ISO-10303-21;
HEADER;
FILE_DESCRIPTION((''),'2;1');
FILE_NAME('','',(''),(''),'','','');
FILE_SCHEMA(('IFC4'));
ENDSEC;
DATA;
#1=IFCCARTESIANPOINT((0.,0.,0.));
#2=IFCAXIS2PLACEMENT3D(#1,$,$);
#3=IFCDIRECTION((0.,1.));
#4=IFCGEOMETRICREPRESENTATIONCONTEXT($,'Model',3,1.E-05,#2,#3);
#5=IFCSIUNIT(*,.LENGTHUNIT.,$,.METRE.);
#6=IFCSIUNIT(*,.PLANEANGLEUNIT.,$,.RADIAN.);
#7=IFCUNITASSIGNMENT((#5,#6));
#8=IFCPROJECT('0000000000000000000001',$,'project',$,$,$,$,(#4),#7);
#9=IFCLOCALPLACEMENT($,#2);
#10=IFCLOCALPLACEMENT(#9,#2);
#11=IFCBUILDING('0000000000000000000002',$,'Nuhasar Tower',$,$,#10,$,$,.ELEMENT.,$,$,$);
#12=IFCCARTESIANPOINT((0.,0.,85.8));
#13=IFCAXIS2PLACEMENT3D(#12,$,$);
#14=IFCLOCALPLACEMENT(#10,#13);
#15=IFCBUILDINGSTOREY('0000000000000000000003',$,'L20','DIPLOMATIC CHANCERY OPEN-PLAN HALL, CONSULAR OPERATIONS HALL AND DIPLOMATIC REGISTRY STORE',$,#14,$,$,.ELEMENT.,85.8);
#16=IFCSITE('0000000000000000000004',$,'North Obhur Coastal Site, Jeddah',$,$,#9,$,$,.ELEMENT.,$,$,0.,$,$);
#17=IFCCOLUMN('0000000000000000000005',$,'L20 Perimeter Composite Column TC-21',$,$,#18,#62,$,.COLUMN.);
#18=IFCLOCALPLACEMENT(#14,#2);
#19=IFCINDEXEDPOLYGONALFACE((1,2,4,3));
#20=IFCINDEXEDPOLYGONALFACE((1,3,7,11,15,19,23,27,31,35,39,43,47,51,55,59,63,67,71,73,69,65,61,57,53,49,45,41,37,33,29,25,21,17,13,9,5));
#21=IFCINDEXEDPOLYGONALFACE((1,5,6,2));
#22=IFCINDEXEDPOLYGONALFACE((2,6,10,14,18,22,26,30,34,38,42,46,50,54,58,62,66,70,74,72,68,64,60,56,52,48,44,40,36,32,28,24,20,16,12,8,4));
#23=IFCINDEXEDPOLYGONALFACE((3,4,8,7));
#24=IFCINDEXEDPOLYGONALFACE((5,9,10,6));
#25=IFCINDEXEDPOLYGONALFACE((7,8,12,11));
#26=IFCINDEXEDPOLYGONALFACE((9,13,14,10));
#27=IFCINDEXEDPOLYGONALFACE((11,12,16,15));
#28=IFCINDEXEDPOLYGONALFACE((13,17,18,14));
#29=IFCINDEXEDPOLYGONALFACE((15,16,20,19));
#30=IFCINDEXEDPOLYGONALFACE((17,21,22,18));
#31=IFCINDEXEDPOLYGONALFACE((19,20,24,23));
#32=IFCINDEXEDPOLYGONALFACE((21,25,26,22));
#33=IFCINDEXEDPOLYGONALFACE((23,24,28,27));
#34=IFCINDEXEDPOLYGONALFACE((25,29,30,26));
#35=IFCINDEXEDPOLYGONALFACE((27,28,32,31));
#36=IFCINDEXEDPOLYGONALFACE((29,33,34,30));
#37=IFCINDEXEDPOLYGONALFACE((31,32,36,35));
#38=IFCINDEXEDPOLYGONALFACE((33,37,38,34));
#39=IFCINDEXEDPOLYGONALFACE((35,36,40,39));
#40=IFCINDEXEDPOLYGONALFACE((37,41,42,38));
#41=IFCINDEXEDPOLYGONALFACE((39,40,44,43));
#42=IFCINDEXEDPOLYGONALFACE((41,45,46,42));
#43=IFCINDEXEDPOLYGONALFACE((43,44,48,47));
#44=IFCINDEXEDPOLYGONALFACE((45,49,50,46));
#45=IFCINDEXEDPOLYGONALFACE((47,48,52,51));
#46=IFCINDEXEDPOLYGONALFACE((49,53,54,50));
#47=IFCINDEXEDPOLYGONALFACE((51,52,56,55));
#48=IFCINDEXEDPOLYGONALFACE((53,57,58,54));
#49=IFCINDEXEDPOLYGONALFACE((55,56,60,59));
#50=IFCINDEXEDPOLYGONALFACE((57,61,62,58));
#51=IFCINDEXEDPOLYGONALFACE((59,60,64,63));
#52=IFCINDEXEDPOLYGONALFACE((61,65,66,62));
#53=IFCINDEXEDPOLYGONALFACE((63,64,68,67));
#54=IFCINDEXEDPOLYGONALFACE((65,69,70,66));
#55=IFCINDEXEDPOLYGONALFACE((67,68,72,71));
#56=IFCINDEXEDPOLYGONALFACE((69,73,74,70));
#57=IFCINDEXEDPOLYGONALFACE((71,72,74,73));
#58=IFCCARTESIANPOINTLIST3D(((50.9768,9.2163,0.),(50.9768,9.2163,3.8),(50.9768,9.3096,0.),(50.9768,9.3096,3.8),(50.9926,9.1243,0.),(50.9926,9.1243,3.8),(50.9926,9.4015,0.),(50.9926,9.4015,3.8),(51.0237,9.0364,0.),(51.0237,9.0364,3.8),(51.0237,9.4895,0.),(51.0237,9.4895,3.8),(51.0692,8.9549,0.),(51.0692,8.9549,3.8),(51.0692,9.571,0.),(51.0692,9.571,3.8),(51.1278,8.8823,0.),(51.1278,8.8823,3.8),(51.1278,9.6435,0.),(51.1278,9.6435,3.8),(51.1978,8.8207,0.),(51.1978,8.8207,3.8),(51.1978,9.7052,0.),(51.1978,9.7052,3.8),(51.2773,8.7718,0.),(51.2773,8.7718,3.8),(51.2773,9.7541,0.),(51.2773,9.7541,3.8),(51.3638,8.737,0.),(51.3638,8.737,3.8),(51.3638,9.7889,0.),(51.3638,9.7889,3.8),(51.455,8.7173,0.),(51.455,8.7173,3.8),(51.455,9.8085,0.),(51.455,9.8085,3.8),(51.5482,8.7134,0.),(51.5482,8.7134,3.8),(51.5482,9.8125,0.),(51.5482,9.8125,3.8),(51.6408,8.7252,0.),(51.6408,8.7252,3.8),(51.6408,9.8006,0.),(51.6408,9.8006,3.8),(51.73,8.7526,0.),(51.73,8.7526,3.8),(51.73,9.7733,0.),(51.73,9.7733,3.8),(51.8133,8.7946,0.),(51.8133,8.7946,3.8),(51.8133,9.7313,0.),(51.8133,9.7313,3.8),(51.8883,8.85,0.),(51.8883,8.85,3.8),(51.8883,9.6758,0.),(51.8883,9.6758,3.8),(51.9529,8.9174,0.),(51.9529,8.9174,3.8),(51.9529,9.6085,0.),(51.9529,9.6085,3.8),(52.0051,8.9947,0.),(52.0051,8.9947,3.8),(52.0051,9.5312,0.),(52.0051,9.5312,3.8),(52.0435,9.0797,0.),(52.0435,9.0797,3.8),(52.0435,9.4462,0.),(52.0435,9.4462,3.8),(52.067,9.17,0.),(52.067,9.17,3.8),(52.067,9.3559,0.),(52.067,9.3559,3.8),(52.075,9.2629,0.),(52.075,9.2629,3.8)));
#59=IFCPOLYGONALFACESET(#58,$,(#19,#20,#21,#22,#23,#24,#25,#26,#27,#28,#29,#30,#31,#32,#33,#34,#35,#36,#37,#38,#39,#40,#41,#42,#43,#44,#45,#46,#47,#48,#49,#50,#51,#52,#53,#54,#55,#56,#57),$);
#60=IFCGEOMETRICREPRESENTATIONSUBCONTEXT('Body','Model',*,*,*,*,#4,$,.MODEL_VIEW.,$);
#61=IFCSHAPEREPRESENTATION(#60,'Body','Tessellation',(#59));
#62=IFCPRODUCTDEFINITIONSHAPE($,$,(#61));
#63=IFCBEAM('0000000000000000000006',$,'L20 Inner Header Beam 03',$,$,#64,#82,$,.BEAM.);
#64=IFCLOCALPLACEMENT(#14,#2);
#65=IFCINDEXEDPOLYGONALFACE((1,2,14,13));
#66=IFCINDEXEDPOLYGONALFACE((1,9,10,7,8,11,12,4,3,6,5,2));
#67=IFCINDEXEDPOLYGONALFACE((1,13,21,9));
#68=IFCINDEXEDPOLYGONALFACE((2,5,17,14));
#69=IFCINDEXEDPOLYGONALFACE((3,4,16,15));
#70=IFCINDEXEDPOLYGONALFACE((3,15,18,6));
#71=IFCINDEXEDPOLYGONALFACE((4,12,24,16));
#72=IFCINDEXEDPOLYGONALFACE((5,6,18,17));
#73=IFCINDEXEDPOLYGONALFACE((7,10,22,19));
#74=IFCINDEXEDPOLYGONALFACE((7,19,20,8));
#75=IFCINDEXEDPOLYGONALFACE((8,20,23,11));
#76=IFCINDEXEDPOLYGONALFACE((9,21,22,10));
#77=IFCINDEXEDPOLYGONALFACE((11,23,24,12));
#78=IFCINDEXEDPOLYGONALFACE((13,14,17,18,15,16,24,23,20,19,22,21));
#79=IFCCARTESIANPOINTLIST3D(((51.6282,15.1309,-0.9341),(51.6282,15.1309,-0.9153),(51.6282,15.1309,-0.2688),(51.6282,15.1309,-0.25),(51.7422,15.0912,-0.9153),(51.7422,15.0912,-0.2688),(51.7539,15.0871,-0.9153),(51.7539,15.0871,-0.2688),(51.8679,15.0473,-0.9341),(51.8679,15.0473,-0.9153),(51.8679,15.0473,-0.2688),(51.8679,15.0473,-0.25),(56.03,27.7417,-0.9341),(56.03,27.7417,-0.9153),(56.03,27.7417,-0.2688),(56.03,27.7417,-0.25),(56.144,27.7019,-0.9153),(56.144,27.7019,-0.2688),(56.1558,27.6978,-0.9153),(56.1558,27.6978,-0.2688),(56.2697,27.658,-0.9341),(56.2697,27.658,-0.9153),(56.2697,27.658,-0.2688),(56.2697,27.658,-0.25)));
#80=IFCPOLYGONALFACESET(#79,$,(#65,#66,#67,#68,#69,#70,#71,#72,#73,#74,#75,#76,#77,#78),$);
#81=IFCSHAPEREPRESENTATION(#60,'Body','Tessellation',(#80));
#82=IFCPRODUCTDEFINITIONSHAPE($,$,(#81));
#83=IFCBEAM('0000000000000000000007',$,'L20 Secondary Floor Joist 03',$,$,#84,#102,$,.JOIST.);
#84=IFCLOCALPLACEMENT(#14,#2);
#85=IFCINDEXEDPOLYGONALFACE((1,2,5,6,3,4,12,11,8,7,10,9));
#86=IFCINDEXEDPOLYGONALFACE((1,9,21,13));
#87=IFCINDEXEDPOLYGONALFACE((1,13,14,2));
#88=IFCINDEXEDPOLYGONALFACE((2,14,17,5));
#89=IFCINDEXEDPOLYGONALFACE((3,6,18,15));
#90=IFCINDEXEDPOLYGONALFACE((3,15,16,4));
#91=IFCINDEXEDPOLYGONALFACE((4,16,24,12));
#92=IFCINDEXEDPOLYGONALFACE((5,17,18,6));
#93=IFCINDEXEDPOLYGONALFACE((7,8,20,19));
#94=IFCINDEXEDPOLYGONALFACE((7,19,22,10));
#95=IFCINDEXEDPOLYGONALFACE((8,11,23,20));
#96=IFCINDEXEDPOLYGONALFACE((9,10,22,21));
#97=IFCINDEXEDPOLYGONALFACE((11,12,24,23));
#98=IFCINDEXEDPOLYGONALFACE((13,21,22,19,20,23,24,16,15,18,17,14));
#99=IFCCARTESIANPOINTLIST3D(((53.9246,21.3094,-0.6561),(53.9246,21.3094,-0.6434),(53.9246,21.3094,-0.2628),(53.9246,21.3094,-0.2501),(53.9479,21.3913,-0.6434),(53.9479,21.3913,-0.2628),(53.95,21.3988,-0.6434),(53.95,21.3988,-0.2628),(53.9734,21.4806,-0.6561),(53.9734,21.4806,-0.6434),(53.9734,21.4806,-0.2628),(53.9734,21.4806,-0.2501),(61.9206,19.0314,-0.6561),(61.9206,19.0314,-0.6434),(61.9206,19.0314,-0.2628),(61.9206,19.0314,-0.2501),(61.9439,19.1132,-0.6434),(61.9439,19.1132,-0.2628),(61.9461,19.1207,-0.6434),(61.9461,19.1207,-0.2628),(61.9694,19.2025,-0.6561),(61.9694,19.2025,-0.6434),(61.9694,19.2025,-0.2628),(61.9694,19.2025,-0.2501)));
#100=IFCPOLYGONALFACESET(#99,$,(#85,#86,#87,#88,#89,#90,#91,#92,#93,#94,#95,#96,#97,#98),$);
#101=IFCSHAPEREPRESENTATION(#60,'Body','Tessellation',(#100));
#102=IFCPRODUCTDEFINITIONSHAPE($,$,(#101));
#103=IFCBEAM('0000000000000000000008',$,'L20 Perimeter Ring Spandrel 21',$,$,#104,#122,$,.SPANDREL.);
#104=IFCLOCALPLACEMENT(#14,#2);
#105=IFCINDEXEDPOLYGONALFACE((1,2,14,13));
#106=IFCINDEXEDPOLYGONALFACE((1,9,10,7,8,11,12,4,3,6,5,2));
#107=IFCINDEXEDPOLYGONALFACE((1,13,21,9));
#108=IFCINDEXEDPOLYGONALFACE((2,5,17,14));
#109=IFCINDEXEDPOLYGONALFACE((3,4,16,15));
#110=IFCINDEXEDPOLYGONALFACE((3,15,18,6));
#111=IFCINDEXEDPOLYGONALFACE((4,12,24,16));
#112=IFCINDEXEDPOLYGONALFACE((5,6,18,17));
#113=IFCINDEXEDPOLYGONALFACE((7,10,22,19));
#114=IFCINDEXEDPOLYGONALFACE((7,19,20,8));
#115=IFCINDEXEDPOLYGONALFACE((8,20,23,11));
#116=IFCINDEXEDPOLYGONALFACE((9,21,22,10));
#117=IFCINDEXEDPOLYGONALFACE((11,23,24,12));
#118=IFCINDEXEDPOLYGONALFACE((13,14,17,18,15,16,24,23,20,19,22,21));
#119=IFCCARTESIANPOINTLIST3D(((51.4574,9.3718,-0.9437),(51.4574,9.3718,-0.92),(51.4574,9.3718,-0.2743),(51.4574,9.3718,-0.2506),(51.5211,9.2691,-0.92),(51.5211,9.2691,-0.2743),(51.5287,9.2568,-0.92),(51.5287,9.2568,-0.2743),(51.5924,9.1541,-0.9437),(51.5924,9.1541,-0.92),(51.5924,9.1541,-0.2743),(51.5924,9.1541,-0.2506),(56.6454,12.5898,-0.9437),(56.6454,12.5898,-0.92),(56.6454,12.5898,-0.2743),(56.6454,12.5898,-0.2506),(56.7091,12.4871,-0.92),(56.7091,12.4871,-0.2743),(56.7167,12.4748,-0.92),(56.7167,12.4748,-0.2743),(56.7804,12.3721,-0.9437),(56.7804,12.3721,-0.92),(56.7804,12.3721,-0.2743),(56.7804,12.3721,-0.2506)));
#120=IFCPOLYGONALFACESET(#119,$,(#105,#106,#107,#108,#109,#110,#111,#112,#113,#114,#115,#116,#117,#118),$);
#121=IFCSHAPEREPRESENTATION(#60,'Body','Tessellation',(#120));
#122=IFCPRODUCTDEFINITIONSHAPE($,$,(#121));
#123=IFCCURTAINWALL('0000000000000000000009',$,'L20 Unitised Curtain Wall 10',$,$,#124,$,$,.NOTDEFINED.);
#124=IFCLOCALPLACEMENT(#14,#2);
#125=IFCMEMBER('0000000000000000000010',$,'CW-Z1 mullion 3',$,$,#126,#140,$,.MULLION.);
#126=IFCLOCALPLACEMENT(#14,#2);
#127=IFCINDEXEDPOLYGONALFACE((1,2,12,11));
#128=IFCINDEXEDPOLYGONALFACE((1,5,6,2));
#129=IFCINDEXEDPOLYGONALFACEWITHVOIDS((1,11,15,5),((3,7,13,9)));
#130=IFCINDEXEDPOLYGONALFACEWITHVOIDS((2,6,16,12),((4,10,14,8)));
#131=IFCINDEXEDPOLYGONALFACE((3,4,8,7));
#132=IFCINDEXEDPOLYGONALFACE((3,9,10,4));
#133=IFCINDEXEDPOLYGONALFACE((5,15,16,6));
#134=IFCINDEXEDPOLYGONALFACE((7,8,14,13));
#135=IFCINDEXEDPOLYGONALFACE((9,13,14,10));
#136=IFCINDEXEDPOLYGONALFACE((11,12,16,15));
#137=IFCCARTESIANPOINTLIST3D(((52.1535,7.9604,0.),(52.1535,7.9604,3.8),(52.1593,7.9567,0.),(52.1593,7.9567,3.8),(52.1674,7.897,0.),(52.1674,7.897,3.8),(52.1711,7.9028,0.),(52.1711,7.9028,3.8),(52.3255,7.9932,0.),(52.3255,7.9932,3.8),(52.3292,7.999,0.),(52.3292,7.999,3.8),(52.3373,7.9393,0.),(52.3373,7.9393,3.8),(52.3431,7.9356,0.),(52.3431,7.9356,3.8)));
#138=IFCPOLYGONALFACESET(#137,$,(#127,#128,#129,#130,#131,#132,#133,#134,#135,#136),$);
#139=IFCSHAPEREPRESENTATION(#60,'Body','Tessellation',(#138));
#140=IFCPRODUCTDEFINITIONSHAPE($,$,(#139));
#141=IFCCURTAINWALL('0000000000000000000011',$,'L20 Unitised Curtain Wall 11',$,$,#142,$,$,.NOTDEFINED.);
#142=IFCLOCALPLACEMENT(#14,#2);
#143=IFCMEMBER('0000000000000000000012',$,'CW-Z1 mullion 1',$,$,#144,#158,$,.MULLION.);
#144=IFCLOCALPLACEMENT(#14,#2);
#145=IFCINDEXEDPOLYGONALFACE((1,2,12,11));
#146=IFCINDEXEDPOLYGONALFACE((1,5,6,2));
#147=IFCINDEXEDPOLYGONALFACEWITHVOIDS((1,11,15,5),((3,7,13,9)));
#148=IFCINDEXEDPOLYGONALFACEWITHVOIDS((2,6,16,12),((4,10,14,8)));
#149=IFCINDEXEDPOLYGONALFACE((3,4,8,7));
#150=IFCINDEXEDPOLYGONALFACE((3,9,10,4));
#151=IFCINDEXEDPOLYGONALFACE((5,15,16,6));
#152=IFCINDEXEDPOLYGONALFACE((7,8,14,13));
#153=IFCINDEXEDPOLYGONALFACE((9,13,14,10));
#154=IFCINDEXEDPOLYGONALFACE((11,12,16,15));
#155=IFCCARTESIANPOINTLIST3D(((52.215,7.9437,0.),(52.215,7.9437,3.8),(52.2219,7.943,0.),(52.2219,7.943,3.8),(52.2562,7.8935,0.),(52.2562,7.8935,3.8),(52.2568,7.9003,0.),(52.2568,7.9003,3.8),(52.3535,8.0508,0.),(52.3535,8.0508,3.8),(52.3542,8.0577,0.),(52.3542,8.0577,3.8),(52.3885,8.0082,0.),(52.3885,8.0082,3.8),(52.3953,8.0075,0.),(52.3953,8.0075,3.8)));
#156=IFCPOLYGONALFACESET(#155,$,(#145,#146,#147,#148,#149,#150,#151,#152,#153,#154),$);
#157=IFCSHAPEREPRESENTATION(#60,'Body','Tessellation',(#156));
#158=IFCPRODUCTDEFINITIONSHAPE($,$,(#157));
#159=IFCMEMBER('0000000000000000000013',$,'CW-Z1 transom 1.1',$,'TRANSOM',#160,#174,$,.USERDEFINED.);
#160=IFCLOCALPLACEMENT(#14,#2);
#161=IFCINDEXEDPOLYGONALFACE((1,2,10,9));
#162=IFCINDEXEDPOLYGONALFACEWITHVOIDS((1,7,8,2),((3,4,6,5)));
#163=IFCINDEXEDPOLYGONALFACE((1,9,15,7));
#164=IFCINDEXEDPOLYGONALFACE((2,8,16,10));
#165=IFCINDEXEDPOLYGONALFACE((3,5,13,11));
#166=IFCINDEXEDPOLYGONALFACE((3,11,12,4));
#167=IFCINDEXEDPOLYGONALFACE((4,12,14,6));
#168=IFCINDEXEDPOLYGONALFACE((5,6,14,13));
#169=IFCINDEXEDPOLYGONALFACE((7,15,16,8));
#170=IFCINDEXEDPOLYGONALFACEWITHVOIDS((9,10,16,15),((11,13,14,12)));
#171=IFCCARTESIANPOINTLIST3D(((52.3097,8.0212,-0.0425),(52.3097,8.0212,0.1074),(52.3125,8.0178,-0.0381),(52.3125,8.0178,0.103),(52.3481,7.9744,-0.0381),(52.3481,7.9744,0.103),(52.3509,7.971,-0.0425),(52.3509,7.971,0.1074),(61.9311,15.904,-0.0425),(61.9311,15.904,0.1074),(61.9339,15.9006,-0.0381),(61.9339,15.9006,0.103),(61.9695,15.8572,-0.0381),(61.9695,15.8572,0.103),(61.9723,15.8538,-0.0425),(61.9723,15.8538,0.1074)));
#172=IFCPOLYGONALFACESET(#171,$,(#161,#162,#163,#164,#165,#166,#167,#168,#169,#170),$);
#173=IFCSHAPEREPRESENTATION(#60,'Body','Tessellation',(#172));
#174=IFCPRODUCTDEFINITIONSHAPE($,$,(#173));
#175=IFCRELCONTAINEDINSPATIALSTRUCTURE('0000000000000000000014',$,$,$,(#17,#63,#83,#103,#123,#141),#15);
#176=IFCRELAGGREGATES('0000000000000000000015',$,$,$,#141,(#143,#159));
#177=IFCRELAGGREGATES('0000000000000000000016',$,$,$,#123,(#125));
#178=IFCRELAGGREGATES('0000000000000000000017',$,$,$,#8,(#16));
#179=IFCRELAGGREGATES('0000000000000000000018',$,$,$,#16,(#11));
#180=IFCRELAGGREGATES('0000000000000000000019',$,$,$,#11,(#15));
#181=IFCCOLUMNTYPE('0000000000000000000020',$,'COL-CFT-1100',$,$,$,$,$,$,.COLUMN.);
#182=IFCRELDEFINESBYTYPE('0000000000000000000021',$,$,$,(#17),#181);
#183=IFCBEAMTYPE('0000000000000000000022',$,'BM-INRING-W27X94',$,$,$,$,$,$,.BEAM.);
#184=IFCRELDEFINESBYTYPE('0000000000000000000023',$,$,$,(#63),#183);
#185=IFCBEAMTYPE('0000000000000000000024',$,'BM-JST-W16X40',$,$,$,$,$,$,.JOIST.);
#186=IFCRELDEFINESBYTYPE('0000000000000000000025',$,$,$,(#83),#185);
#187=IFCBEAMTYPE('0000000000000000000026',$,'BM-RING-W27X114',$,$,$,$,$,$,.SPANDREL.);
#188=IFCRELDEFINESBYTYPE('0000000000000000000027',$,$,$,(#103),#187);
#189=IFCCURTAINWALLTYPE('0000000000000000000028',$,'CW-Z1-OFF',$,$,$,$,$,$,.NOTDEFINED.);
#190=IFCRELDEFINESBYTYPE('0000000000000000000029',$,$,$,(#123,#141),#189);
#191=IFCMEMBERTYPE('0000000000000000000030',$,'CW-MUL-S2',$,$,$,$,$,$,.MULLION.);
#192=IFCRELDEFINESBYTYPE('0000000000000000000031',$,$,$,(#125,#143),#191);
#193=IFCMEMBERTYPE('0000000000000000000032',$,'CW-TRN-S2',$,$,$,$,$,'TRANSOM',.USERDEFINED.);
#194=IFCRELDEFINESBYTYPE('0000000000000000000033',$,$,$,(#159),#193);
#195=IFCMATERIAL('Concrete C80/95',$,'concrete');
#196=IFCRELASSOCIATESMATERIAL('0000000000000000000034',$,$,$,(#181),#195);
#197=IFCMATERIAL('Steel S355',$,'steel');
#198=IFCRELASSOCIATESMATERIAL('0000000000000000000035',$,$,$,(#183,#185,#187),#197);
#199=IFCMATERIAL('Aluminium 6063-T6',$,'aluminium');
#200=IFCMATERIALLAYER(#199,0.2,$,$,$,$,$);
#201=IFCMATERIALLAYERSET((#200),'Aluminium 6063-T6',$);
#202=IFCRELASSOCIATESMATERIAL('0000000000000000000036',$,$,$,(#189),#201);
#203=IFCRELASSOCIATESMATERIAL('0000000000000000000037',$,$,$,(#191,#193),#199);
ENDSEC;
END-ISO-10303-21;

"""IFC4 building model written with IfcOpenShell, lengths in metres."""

from ifc_helpers import new_model, si_unit, direction, frame, origin, origin_2d, place, context, subcontext, project, spatial, hollow_rectangle, circle, i_section, extrude, material, layer, layer_set, material_profile, profile_set, type_object, element, aggregate, save


model = new_model("IFC4")

# Units and contexts
model_context = context("Model", 3, precision=1e-05, world=origin(), true_north=direction((0.0, 1.0)))
body_context = subcontext(model_context, "Body", "Model", "MODEL_VIEW")
ifc_project = project(units=[si_unit("LENGTHUNIT", "METRE"), si_unit("PLANEANGLEUNIT", "RADIAN")], contexts=[model_context])

# Site, building, storey
site_placement = place(None, origin())
site = spatial("IfcSite", under=ifc_project, at=site_placement, Name="North Obhur Coastal Site, Jeddah", CompositionType="ELEMENT", RefElevation=0.0)
building_placement = place(site_placement, origin())
building = spatial("IfcBuilding", under=site, at=building_placement, Name="Nuhasar Tower", CompositionType="ELEMENT")
storey_placement = place(building_placement, frame((0.0, 0.0, 85.8)))
storey = spatial("IfcBuildingStorey", under=building, at=storey_placement, Name="L20", Description="DIPLOMATIC CHANCERY OPEN-PLAN HALL, CONSULAR OPERATIONS HALL AND DIPLOMATIC REGISTRY STORE", CompositionType="ELEMENT", Elevation=85.8)

# Column
ifc_material_1 = material(Name="Concrete C80/95", Category="concrete")
ifc_material_profile_1 = material_profile(ifc_material_1, circle(Radius=0.55, at=origin_2d()), Name="CFT1100")
ifc_profile_set_1 = profile_set([ifc_material_profile_1], Name="Concrete C80/95")
column_type = type_object("IfcColumnType", Name="COL-CFT-1100", PredefinedType="COLUMN", material=ifc_profile_set_1)
column_placement = place(storey_placement, frame((51.5249, 9.2629, 0.0), z_axis=(0.0, 0.0, 1.0), x_axis=(1.0, 0.0, 0.0)))
element("IfcColumn", 1, at=column_placement, inside=storey, type_object=column_type, Name="L20 Perimeter Composite Column TC-21", PredefinedType="COLUMN", context=body_context, shape_type="SweptSolid", body=[
    extrude(circle(Radius=0.55, at=origin_2d()), origin(), (0.0, 0.0, 1.0), 3.8),
])

# Beams
ifc_material_2 = material(Name="Steel S355", Category="steel")
ifc_material_profile_2 = material_profile(ifc_material_2, i_section(OverallWidth=0.2539, OverallDepth=0.6841, WebThickness=0.0125, FlangeThickness=0.0188, at=origin_2d()), Name="W27X94")
ifc_profile_set_2 = profile_set([ifc_material_profile_2], Name="Steel S355")
beam_type_1 = type_object("IfcBeamType", Name="BM-INRING-W27X94", PredefinedType="BEAM", material=ifc_profile_set_2)
beam_1_placement = place(storey_placement, frame((51.748, 15.0891, -0.592), z_axis=(0.329554, 0.944137, 0.0), x_axis=(-0.944137, 0.329554, 0.0)))
element("IfcBeam", 2, at=beam_1_placement, inside=storey, type_object=beam_type_1, Name="L20 Inner Header Beam 03", PredefinedType="BEAM", context=body_context, shape_type="SweptSolid", body=[
    extrude(i_section(OverallWidth=0.2539, OverallDepth=0.6841, WebThickness=0.0125, FlangeThickness=0.0188, at=origin_2d()), origin(), (0.0, 0.0, 1.0), 13.3569),
])
ifc_material_profile_3 = material_profile(ifc_material_2, i_section(OverallWidth=0.178, OverallDepth=0.406, WebThickness=0.0078, FlangeThickness=0.0127, at=origin_2d()), Name="W16X40")
ifc_profile_set_3 = profile_set([ifc_material_profile_3], Name="Steel S355")
beam_type_2 = type_object("IfcBeamType", Name="BM-JST-W16X40", PredefinedType="JOIST", material=ifc_profile_set_3)
beam_2_placement = place(storey_placement, frame((53.949, 21.395, -0.4531), z_axis=(0.961731, -0.273996, 0.0), x_axis=(0.273996, 0.961731, 0.0)))
element("IfcBeam", 3, at=beam_2_placement, inside=storey, type_object=beam_type_2, Name="L20 Secondary Floor Joist 03", PredefinedType="JOIST", context=body_context, shape_type="SweptSolid", body=[
    extrude(i_section(OverallWidth=0.178, OverallDepth=0.406, WebThickness=0.0078, FlangeThickness=0.0127, at=origin_2d()), origin(), (0.0, 0.0, 1.0), 8.3142),
])
ifc_material_profile_4 = material_profile(ifc_material_2, i_section(OverallWidth=0.2561, OverallDepth=0.6931, WebThickness=0.0144, FlangeThickness=0.0237, at=origin_2d()), Name="W27X114")
ifc_profile_set_4 = profile_set([ifc_material_profile_4], Name="Steel S355")
beam_type_3 = type_object("IfcBeamType", Name="BM-RING-W27X114", PredefinedType="SPANDREL", material=ifc_profile_set_4)
beam_3_placement = place(storey_placement, frame((51.5249, 9.2629, -0.5972), z_axis=(0.849795, 0.527113, 0.0), x_axis=(-0.527113, 0.849795, 0.0)))
element("IfcBeam", 4, at=beam_3_placement, inside=storey, type_object=beam_type_3, Name="L20 Perimeter Ring Spandrel 21", PredefinedType="SPANDREL", context=body_context, shape_type="SweptSolid", body=[
    extrude(i_section(OverallWidth=0.2561, OverallDepth=0.6931, WebThickness=0.0144, FlangeThickness=0.0237, at=origin_2d()), origin(), (0.0, 0.0, 1.0), 6.105),
])

# Curtain wall, member
ifc_material_3 = material(Name="Aluminium 6063-T6", Category="aluminium")
ifc_layer_1 = layer(ifc_material_3, 0.2)
ifc_layer_set_1 = layer_set([ifc_layer_1], Name="Aluminium 6063-T6")
curtain_wall_type = type_object("IfcCurtainWallType", Name="CW-Z1-OFF", PredefinedType="NOTDEFINED", material=ifc_layer_set_1)
curtain_wall_1_placement = place(storey_placement, origin())
curtain_wall_1 = element("IfcCurtainWall", 5, at=curtain_wall_1_placement, inside=storey, type_object=curtain_wall_type, Name="L20 Unitised Curtain Wall 10", PredefinedType="NOTDEFINED")
ifc_material_profile_5 = material_profile(ifc_material_3, hollow_rectangle(XDim=0.0649, YDim=0.1799, WallThickness=0.0049, at=origin_2d()), Name="CWM-2")
ifc_profile_set_5 = profile_set([ifc_material_profile_5], Name="Aluminium 6063-T6")
member_type_1 = type_object("IfcMemberType", Name="CW-MUL-S2", PredefinedType="MULLION", material=ifc_profile_set_5)
member_1_placement = place(storey_placement, frame((52.2483, 7.948, 0.0), z_axis=(0.0, 0.0, 1.0), x_axis=(-0.214399, 0.976746, 0.0)))
member_1 = element("IfcMember", 6, at=member_1_placement, type_object=member_type_1, Name="CW-Z1 mullion 3", PredefinedType="MULLION", context=body_context, shape_type="SweptSolid", body=[
    extrude(hollow_rectangle(XDim=0.0649, YDim=0.1799, WallThickness=0.0049, at=origin_2d()), origin(), (0.0, 0.0, 1.0), 3.8),
])

# Curtain wall, members
curtain_wall_2_placement = place(storey_placement, origin())
curtain_wall_2 = element("IfcCurtainWall", 7, at=curtain_wall_2_placement, inside=storey, type_object=curtain_wall_type, Name="L20 Unitised Curtain Wall 11", PredefinedType="NOTDEFINED")
member_2_placement = place(storey_placement, frame((52.3052, 7.9756, 0.0), z_axis=(0.0, 0.0, 1.0), x_axis=(-0.633745, 0.773542, 0.0)))
member_2 = element("IfcMember", 8, at=member_2_placement, type_object=member_type_1, Name="CW-Z1 mullion 1", PredefinedType="MULLION", context=body_context, shape_type="SweptSolid", body=[
    extrude(hollow_rectangle(XDim=0.0649, YDim=0.1799, WallThickness=0.0049, at=origin_2d()), origin(), (0.0, 0.0, 1.0), 3.8),
])
ifc_material_profile_6 = material_profile(ifc_material_3, hollow_rectangle(XDim=0.0649, YDim=0.1499, WallThickness=0.0044, at=origin_2d()), Name="CWT-2")
ifc_profile_set_6 = profile_set([ifc_material_profile_6], Name="Aluminium 6063-T6")
member_type_2 = type_object("IfcMemberType", Name="CW-TRN-S2", ElementType="TRANSOM", PredefinedType="USERDEFINED", material=ifc_profile_set_6)
member_3_placement = place(storey_placement, frame((52.3303, 7.9961, 0.0325), z_axis=(0.773531, 0.633758, 0.0), x_axis=(-0.633758, 0.773531, 0.0)))
member_3 = element("IfcMember", 9, at=member_3_placement, type_object=member_type_2, Name="CW-Z1 transom 1.1", ObjectType="TRANSOM", PredefinedType="USERDEFINED", context=body_context, shape_type="SweptSolid", body=[
    extrude(hollow_rectangle(XDim=0.0649, YDim=0.1499, WallThickness=0.0044, at=origin_2d()), origin(), (0.0, 0.0, 1.0), 12.4382),
])
aggregate(curtain_wall_2, [member_2, member_3])

aggregate(curtain_wall_1, [member_1])

save(model, "model.ifc")
